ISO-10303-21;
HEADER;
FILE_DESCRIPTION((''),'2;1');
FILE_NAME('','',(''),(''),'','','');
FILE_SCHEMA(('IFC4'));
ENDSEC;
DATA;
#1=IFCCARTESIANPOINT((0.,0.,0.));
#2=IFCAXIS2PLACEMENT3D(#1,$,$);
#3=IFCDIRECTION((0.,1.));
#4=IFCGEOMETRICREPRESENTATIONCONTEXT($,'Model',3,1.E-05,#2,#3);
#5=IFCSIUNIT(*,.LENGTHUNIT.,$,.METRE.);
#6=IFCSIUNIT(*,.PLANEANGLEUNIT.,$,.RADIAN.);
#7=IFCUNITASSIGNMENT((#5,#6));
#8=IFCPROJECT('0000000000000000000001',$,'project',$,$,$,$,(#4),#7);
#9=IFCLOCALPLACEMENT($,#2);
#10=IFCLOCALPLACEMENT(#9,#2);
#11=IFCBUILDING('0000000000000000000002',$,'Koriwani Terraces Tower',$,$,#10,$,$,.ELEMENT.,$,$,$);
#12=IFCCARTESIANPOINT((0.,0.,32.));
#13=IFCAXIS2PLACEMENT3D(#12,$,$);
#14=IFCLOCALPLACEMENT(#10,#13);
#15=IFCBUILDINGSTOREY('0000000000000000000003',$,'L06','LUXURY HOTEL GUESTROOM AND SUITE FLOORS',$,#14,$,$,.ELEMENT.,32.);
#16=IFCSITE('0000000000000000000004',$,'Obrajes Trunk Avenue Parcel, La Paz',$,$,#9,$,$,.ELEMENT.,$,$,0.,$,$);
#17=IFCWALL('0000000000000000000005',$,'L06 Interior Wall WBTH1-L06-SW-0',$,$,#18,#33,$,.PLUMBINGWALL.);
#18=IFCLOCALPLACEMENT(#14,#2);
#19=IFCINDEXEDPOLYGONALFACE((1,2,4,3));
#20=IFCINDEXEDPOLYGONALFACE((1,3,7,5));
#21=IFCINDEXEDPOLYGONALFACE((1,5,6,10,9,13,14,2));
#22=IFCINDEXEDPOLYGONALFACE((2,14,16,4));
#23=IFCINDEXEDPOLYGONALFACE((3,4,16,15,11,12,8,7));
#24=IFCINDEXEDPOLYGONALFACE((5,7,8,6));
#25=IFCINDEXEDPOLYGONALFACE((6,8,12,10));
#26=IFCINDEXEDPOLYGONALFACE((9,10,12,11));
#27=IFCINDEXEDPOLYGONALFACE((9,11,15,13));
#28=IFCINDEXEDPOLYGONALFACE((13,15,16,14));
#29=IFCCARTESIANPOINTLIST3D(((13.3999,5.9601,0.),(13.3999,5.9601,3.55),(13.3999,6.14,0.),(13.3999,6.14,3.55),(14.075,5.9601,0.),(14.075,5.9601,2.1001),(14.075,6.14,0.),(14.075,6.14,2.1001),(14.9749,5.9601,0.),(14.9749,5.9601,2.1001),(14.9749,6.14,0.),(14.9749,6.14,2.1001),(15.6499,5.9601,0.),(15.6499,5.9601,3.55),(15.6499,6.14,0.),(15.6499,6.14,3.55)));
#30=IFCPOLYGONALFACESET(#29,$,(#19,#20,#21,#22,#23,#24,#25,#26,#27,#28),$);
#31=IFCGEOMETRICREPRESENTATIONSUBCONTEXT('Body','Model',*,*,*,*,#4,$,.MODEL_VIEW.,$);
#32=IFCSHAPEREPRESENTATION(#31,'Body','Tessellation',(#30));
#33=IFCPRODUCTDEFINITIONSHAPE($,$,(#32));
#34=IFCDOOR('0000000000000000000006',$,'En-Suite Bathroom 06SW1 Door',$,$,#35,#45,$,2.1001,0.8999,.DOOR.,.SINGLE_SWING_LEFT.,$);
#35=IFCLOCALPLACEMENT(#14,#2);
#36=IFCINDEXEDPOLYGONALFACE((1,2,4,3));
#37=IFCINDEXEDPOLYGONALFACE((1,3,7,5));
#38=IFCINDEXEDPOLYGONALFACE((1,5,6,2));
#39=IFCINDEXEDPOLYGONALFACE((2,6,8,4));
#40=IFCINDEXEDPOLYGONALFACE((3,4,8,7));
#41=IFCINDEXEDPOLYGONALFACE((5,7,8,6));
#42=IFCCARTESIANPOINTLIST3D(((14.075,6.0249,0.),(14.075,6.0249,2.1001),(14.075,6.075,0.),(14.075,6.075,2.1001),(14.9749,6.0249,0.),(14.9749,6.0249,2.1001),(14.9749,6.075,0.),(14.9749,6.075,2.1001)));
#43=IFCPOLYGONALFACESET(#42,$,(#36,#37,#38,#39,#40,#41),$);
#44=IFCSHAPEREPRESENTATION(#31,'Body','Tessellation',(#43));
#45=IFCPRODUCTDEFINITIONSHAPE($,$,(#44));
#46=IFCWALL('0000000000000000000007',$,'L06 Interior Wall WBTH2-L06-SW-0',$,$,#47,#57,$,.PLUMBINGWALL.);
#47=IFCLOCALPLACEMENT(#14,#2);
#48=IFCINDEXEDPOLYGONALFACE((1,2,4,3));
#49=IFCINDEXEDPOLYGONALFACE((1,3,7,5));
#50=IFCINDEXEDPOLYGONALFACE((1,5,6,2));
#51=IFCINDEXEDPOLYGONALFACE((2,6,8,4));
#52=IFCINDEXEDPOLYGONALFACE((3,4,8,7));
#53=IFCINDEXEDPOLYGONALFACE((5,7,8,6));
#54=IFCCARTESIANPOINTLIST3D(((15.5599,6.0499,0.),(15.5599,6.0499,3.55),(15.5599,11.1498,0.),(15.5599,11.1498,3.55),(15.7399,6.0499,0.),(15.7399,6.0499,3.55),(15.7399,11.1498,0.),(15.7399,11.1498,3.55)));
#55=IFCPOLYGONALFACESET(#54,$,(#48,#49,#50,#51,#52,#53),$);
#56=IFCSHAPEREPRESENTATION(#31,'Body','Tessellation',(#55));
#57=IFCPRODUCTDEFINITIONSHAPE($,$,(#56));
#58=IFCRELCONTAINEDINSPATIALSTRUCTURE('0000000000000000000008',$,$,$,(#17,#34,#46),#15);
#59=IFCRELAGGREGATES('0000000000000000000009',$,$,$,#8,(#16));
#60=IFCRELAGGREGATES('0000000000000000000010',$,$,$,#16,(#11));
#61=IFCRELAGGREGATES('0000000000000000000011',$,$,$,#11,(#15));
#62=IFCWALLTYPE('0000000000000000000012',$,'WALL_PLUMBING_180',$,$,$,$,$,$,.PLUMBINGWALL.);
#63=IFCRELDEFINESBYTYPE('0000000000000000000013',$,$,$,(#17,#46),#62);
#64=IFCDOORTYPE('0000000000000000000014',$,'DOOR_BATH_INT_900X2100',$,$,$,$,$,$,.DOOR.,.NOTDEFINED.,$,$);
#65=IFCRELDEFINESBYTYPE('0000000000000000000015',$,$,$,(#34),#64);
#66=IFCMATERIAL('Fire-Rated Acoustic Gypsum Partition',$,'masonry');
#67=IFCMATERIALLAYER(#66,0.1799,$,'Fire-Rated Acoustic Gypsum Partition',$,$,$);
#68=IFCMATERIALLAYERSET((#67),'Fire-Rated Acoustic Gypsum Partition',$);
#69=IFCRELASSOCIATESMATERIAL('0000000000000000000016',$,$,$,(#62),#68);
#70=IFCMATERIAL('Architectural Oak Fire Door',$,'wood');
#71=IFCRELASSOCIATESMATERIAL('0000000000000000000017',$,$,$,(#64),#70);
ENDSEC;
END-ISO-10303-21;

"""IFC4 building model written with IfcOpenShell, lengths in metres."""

from ifc_helpers import new_model, si_unit, direction, frame, frame_2d, origin, place, context, subcontext, project, spatial, rectangle, extrude, material, layer, layer_set, type_object, element, fill, save


model = new_model("IFC4")

# Units and contexts
model_context = context("Model", 3, precision=1e-05, world=origin(), true_north=direction((0.0, 1.0)))
body_context = subcontext(model_context, "Body", "Model", "MODEL_VIEW")
ifc_project = project(units=[si_unit("LENGTHUNIT", "METRE"), si_unit("PLANEANGLEUNIT", "RADIAN")], contexts=[model_context])

# Site, building, storey
site_placement = place(None, origin())
site = spatial("IfcSite", under=ifc_project, at=site_placement, Name="Obrajes Trunk Avenue Parcel, La Paz", CompositionType="ELEMENT", RefElevation=0.0)
building_placement = place(site_placement, origin())
building = spatial("IfcBuilding", under=site, at=building_placement, Name="Koriwani Terraces Tower", CompositionType="ELEMENT")
storey_placement = place(building_placement, frame((0.0, 0.0, 32.0)))
storey = spatial("IfcBuildingStorey", under=building, at=storey_placement, Name="L06", Description="LUXURY HOTEL GUESTROOM AND SUITE FLOORS", CompositionType="ELEMENT", Elevation=32.0)

# Shared definitions
ifc_material_1 = material(Name="Architectural Oak Fire Door", Category="wood")

# Shared definitions
ifc_material_2 = material(Name="Fire-Rated Acoustic Gypsum Partition", Category="masonry")
ifc_layer_1 = layer(ifc_material_2, 0.1799, Name="Fire-Rated Acoustic Gypsum Partition")
ifc_layer_set_1 = layer_set([ifc_layer_1], Name="Fire-Rated Acoustic Gypsum Partition")
wall_type_1 = type_object("IfcWallType", Name="WALL_PLUMBING_180", PredefinedType="PLUMBINGWALL", material=ifc_layer_set_1)

# Wall, opening, door
wall_1_placement = place(storey_placement, frame((13.3999, 6.05, 0.0), z_axis=(0.0, 0.0, 1.0), x_axis=(1.0, 0.0, 0.0)))
wall_1 = element("IfcWall", 1, at=wall_1_placement, inside=storey, type_object=wall_type_1, Name="L06 Interior Wall WBTH1-L06-SW-0", PredefinedType="PLUMBINGWALL", context=body_context, shape_type="SweptSolid", body=[
    extrude(rectangle(XDim=2.25, YDim=0.1799, at=frame_2d((1.125, 0.0))), origin(), (0.0, 0.0, 1.0), 3.55),
])
opening_1_placement = place(wall_1_placement, frame((0.675, 0.0, 0.0)))
opening_1 = element("IfcOpeningElement", 2, at=opening_1_placement, cuts=wall_1, PredefinedType="OPENING", context=body_context, shape_type="SweptSolid", body=[
    extrude(rectangle(XDim=0.8999, YDim=2.1001, at=frame_2d((0.45, 1.05))), frame((0.0, 0.1001, 0.0), z_axis=(0.0, -1.0, 0.0), x_axis=(1.0, 0.0, 0.0)), (0.0, 0.0, 1.0), 0.2),
])
door_type_1 = type_object("IfcDoorType", Name="DOOR_BATH_INT_900X2100", OperationType="NOTDEFINED", PredefinedType="DOOR", material=ifc_material_1)
door_1_placement = place(opening_1_placement, origin())
door_1 = element("IfcDoor", 3, at=door_1_placement, inside=storey, type_object=door_type_1, Name="En-Suite Bathroom 06SW1 Door", OperationType="SINGLE_SWING_LEFT", OverallHeight=2.1001, OverallWidth=0.8999, PredefinedType="DOOR", context=body_context, shape_type="SweptSolid", body=[
    extrude(rectangle(XDim=0.8999, YDim=2.1001, at=frame_2d((0.45, 1.05))), frame((0.0, 0.0249, 0.0), z_axis=(0.0, -1.0, 0.0), x_axis=(1.0, 0.0, 0.0)), (0.0, 0.0, 1.0), 0.05),
])
fill(opening_1, door_1)

# Wall
wall_2_placement = place(storey_placement, frame((15.6499, 6.05, 0.0), z_axis=(0.0, 0.0, 1.0), x_axis=(0.0, 1.0, 0.0)))
element("IfcWall", 4, at=wall_2_placement, inside=storey, type_object=wall_type_1, Name="L06 Interior Wall WBTH2-L06-SW-0", PredefinedType="PLUMBINGWALL", context=body_context, shape_type="SweptSolid", body=[
    extrude(rectangle(XDim=5.0999, YDim=0.1799, at=frame_2d((2.5498, 0.0))), origin(), (0.0, 0.0, 1.0), 3.55),
])

save(model, "model.ifc")
